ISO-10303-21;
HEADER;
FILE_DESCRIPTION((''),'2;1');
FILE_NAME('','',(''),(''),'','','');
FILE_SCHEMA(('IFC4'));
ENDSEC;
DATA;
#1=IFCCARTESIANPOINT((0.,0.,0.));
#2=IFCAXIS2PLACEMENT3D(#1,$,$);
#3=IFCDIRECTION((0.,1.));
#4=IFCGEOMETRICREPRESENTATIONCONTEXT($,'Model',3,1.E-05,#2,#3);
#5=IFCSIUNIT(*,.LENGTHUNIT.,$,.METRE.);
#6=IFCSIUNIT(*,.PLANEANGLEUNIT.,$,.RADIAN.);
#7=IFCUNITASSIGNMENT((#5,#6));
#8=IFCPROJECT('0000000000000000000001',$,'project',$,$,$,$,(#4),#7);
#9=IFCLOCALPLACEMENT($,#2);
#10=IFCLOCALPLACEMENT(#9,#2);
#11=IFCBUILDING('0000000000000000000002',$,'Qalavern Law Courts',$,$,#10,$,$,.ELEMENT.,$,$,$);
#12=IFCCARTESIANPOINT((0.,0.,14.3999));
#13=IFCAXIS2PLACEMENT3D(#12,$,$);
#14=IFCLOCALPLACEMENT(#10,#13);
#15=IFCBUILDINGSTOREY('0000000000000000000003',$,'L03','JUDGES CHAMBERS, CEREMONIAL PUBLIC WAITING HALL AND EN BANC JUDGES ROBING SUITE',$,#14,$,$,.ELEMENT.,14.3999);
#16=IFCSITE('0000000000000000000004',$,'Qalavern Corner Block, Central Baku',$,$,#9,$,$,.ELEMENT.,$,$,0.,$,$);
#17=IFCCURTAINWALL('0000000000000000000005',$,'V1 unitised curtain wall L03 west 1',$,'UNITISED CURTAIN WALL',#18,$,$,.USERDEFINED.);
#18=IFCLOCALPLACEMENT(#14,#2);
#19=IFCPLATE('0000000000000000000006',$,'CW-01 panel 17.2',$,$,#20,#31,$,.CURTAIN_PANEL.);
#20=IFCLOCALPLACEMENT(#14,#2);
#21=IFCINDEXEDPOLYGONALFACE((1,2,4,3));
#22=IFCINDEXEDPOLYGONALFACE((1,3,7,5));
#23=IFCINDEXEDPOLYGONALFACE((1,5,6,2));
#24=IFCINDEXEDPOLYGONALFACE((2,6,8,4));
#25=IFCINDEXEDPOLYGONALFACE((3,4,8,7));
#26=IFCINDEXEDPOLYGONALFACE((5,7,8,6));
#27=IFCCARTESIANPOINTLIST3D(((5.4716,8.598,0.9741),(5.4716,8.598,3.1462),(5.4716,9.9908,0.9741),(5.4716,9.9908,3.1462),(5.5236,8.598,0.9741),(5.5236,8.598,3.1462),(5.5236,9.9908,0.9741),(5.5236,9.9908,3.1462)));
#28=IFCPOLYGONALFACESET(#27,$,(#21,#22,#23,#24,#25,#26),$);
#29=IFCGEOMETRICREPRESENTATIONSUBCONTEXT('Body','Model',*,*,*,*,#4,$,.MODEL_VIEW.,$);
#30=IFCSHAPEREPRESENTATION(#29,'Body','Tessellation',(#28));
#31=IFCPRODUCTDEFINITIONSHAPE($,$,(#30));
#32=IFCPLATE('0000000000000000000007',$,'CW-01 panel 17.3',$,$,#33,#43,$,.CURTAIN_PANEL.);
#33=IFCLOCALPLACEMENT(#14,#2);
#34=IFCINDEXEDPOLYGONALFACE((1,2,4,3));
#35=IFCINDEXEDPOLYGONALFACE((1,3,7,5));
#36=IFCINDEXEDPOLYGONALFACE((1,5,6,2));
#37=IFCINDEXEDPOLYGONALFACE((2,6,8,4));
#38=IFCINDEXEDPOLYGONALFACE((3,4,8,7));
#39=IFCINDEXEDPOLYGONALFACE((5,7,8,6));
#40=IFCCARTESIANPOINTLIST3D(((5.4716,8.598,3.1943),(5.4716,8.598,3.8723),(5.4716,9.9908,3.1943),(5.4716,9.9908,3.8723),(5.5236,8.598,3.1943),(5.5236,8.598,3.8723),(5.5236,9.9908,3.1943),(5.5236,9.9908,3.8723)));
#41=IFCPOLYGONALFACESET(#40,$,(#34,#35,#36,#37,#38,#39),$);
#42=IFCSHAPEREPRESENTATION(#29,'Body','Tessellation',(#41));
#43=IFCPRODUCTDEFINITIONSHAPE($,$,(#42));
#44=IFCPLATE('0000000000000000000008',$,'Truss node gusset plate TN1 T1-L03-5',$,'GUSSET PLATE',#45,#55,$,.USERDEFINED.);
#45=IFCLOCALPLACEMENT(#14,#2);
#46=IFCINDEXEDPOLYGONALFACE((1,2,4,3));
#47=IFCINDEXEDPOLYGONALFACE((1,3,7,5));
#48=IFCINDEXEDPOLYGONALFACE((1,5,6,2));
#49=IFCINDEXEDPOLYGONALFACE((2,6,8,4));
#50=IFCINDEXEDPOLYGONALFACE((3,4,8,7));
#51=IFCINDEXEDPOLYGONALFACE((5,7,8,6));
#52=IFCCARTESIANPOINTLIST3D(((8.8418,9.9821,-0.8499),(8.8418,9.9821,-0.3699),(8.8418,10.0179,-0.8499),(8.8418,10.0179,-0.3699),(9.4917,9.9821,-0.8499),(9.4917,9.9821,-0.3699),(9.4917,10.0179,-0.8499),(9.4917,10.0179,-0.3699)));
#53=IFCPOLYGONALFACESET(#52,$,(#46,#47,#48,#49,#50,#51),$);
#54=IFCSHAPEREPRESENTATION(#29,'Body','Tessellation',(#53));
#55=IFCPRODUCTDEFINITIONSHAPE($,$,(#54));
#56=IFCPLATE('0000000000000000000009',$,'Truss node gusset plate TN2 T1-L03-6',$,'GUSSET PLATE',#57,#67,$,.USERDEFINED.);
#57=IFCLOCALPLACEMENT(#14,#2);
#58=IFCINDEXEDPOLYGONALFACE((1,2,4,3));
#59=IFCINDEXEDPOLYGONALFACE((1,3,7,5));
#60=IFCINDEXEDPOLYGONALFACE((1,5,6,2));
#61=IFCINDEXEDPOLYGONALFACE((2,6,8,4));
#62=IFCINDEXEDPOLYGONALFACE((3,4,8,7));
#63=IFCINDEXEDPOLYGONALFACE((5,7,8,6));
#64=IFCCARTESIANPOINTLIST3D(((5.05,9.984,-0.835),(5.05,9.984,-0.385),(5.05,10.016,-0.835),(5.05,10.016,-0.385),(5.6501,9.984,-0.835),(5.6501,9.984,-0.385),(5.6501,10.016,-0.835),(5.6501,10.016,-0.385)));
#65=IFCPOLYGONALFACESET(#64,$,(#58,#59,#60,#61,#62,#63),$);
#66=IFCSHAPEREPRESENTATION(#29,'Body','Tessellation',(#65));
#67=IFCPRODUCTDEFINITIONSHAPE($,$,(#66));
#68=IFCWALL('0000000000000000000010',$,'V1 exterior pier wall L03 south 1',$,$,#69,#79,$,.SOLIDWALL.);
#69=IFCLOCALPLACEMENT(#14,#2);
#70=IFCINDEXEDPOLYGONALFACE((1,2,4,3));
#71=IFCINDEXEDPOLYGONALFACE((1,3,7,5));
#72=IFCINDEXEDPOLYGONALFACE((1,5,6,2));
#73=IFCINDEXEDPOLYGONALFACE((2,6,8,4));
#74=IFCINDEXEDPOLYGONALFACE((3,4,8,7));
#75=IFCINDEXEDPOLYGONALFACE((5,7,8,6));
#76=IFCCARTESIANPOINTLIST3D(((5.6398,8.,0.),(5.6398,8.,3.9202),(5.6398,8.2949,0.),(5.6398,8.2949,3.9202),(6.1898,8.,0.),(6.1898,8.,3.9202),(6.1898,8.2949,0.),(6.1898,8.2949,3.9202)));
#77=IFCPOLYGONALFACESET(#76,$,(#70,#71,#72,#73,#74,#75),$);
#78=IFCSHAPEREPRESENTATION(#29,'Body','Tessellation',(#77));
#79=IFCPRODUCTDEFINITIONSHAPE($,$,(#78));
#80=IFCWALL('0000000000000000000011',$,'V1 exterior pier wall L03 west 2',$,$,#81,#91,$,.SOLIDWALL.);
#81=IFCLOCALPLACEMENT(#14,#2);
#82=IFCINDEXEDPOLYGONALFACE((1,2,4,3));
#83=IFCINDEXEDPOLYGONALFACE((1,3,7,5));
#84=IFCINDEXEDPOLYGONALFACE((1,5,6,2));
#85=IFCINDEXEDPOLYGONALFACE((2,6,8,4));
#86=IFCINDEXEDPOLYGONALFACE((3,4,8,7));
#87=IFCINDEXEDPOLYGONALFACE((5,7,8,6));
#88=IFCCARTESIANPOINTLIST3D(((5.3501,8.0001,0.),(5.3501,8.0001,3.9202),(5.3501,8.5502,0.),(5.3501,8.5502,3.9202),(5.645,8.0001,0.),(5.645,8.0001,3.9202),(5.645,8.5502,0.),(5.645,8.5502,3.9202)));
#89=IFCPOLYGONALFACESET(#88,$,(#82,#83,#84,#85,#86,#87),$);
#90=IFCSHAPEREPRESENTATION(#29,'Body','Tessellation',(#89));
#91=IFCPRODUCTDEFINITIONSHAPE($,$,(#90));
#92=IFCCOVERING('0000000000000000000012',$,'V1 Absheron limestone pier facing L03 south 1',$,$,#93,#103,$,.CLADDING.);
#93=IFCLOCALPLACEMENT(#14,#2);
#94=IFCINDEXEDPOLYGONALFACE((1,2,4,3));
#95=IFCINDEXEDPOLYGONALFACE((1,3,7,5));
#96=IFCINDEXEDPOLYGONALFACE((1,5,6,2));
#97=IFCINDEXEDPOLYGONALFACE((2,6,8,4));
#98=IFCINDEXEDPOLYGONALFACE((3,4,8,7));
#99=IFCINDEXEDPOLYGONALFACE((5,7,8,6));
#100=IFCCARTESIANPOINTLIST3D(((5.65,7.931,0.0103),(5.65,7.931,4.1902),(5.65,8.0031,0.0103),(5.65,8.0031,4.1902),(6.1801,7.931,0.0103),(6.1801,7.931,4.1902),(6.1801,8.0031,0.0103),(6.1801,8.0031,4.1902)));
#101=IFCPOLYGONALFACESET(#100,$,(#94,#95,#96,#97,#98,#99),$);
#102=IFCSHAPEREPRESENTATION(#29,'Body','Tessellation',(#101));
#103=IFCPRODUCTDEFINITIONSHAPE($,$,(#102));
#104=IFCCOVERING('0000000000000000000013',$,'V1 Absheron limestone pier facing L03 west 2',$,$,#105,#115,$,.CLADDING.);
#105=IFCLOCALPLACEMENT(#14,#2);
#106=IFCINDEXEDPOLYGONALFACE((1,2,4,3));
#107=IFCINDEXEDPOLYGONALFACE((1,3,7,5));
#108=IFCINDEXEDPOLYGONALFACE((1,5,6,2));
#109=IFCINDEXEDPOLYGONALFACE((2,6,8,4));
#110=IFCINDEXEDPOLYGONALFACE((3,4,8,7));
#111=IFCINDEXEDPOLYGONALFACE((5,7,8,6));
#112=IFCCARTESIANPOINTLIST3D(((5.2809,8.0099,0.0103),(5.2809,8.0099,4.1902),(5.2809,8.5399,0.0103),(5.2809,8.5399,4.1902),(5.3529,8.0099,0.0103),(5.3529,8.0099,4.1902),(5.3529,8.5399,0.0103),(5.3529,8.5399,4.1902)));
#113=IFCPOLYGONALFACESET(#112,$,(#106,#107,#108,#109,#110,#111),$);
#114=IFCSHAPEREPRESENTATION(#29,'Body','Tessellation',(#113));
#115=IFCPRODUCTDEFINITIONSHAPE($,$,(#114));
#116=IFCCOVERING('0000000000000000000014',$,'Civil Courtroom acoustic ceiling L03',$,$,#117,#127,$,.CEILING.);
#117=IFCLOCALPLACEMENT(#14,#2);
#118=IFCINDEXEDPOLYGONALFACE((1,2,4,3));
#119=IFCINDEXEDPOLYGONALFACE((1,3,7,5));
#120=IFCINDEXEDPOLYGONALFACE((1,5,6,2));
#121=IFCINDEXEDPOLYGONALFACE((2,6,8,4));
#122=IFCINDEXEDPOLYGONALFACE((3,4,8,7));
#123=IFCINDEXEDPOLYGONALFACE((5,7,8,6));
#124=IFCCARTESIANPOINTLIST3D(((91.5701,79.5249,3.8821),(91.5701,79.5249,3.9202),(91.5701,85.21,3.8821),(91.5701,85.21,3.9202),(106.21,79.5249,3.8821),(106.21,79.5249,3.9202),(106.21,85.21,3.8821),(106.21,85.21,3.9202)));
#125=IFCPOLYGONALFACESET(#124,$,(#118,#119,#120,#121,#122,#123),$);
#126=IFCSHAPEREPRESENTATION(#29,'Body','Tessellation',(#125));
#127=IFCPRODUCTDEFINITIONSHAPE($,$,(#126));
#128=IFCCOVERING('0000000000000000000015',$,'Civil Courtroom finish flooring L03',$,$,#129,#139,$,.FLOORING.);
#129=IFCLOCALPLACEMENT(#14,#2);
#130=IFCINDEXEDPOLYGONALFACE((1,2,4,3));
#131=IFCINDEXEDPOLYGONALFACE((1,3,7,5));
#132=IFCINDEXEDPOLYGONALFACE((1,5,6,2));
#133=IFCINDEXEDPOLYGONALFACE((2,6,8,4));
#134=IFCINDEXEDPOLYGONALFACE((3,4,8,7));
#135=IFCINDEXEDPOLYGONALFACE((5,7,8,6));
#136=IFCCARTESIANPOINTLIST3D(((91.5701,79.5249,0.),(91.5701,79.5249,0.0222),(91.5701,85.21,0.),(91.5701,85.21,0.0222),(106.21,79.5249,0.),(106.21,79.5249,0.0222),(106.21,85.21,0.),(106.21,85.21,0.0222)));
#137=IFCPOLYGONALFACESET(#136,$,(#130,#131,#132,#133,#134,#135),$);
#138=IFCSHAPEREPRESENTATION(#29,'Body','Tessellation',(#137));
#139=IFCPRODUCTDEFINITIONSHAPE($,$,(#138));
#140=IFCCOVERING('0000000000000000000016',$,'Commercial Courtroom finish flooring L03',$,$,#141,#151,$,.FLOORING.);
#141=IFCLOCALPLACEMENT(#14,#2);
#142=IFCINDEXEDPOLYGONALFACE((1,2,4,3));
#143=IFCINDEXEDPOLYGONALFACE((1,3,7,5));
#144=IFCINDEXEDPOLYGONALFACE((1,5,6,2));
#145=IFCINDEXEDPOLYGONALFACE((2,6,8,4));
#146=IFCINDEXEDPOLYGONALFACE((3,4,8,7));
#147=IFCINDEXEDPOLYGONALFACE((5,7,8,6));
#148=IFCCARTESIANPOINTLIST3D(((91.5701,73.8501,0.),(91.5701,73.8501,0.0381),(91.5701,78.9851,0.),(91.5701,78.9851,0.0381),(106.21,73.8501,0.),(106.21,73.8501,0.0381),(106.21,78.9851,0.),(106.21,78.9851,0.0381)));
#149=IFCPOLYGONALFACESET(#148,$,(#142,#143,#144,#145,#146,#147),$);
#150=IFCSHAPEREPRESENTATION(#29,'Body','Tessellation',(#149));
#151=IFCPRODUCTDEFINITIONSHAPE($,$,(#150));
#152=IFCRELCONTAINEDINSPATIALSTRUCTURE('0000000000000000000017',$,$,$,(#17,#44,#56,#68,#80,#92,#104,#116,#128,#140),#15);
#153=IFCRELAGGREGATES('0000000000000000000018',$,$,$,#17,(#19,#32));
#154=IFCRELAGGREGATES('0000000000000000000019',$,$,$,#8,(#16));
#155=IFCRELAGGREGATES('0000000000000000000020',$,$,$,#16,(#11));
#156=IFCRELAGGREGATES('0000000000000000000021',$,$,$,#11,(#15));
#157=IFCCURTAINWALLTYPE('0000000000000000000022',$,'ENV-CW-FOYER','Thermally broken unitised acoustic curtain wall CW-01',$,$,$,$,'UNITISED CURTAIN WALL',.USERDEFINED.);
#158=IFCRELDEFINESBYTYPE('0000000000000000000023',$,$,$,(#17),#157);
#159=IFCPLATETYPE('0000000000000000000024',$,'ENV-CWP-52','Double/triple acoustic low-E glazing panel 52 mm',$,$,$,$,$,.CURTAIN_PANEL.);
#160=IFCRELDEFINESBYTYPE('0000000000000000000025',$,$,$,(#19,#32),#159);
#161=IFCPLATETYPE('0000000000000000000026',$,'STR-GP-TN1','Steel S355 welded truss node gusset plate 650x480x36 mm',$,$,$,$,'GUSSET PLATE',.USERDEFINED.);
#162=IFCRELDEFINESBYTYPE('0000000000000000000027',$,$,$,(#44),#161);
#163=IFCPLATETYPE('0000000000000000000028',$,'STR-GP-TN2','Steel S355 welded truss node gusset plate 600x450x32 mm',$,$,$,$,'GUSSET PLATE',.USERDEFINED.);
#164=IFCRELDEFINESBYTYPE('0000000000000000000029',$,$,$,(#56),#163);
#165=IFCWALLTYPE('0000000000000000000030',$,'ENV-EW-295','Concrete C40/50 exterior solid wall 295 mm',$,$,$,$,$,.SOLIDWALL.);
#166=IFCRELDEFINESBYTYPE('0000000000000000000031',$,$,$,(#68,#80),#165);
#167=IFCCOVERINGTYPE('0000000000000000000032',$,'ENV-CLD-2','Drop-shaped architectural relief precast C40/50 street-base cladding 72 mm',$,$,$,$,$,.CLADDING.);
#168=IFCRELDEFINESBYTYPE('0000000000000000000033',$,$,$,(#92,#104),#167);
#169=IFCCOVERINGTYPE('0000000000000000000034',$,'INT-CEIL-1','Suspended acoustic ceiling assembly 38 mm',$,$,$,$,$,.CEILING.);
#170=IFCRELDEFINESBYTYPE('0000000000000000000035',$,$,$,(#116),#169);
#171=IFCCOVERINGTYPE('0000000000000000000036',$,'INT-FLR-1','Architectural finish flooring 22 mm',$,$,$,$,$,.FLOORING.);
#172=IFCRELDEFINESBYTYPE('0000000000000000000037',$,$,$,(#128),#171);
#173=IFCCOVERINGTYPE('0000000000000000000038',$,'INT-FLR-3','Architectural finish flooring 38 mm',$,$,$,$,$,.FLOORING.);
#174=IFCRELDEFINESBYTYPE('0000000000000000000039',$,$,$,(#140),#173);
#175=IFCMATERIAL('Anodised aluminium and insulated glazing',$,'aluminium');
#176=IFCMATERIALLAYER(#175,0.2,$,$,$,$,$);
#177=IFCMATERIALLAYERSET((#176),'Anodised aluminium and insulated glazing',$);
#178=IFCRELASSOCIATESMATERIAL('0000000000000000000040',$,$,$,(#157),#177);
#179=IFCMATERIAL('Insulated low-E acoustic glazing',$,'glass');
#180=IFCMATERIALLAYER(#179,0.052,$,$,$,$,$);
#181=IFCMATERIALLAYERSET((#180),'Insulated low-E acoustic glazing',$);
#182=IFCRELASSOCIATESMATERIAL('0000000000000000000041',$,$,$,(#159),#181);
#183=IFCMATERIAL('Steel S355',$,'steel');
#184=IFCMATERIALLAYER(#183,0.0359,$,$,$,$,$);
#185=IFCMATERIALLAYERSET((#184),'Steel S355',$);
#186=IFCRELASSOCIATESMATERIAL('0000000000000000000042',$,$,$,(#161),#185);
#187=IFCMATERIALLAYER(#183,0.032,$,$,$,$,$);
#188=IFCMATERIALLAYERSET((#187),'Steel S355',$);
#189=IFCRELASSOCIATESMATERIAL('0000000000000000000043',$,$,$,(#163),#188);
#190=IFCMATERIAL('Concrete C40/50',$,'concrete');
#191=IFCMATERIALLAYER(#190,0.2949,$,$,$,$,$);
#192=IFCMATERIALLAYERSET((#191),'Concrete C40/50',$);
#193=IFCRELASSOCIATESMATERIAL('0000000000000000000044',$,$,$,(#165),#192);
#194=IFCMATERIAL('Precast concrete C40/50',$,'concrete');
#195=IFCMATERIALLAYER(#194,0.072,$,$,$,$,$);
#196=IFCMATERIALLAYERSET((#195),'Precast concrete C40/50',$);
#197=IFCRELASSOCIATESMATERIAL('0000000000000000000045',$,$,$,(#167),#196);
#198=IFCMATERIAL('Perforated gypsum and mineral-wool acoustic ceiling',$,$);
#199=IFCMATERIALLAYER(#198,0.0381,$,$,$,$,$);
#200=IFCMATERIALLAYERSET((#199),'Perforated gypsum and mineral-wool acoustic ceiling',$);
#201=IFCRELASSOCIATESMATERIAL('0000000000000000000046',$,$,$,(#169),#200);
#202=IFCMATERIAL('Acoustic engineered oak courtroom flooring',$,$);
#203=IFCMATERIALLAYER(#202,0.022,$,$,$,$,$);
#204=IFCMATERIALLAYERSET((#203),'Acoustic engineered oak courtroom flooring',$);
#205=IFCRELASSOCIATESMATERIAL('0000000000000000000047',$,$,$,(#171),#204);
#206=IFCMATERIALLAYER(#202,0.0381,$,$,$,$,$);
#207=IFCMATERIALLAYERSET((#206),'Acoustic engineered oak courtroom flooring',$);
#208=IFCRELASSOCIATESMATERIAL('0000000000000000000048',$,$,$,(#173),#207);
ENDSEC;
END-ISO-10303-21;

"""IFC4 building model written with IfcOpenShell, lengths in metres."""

from ifc_helpers import new_model, si_unit, direction, frame, frame_2d, origin, origin_2d, place, context, subcontext, project, spatial, polyline, rectangle, outline, extrude, material, layer, layer_set, type_object, element, aggregate, save


model = new_model("IFC4")

# Units and contexts
model_context = context("Model", 3, precision=1e-05, world=origin(), true_north=direction((0.0, 1.0)))
body_context = subcontext(model_context, "Body", "Model", "MODEL_VIEW")
ifc_project = project(units=[si_unit("LENGTHUNIT", "METRE"), si_unit("PLANEANGLEUNIT", "RADIAN")], contexts=[model_context])

# Site, building, storey
site_placement = place(None, origin())
site = spatial("IfcSite", under=ifc_project, at=site_placement, Name="Qalavern Corner Block, Central Baku", CompositionType="ELEMENT", RefElevation=0.0)
building_placement = place(site_placement, origin())
building = spatial("IfcBuilding", under=site, at=building_placement, Name="Qalavern Law Courts", CompositionType="ELEMENT")
storey_placement = place(building_placement, frame((0.0, 0.0, 14.3999)))
storey = spatial("IfcBuildingStorey", under=building, at=storey_placement, Name="L03", Description="JUDGES CHAMBERS, CEREMONIAL PUBLIC WAITING HALL AND EN BANC JUDGES ROBING SUITE", CompositionType="ELEMENT", Elevation=14.3999)

# Shared definitions
ifc_material_1 = material(Name="Anodised aluminium and insulated glazing", Category="aluminium")
ifc_layer_1 = layer(ifc_material_1, 0.2)
ifc_layer_set_1 = layer_set([ifc_layer_1], Name="Anodised aluminium and insulated glazing")
curtain_wall_type = type_object("IfcCurtainWallType", Name="ENV-CW-FOYER", Description="Thermally broken unitised acoustic curtain wall CW-01", ElementType="UNITISED CURTAIN WALL", PredefinedType="USERDEFINED", material=ifc_layer_set_1)

# Curtain wall
curtain_wall_1_placement = place(storey_placement, origin())
curtain_wall_1 = element("IfcCurtainWall", 1, at=curtain_wall_1_placement, inside=storey, type_object=curtain_wall_type, Name="V1 unitised curtain wall L03 west 1", ObjectType="UNITISED CURTAIN WALL", PredefinedType="USERDEFINED")

# Shared definitions
ifc_material_2 = material(Name="Steel S355", Category="steel")

# Plates
ifc_material_3 = material(Name="Insulated low-E acoustic glazing", Category="glass")
ifc_layer_2 = layer(ifc_material_3, 0.052)
ifc_layer_set_2 = layer_set([ifc_layer_2], Name="Insulated low-E acoustic glazing")
plate_type_1 = type_object("IfcPlateType", Name="ENV-CWP-52", Description="Double/triple acoustic low-E glazing panel 52 mm", PredefinedType="CURTAIN_PANEL", material=ifc_layer_set_2)
plate_1_placement = place(storey_placement, frame((5.4976, 9.2944, 0.9741), z_axis=(0.0, 0.0, 1.0), x_axis=(0.0, -1.0, 0.0)))
plate_1 = element("IfcPlate", 2, at=plate_1_placement, type_object=plate_type_1, Name="CW-01 panel 17.2", PredefinedType="CURTAIN_PANEL", context=body_context, shape_type="SweptSolid", body=[
    extrude(rectangle(XDim=1.3928, YDim=0.052, at=origin_2d()), origin(), (0.0, 0.0, 1.0), 2.1721),
])
plate_2_placement = place(storey_placement, frame((5.4976, 9.2944, 3.1943), z_axis=(0.0, 0.0, 1.0), x_axis=(0.0, -1.0, 0.0)))
plate_2 = element("IfcPlate", 3, at=plate_2_placement, type_object=plate_type_1, Name="CW-01 panel 17.3", PredefinedType="CURTAIN_PANEL", context=body_context, shape_type="SweptSolid", body=[
    extrude(rectangle(XDim=1.3928, YDim=0.052, at=origin_2d()), origin(), (0.0, 0.0, 1.0), 0.678),
])
aggregate(curtain_wall_1, [plate_1, plate_2])

# Plates
ifc_layer_3 = layer(ifc_material_2, 0.0359)
ifc_layer_set_3 = layer_set([ifc_layer_3], Name="Steel S355")
plate_type_2 = type_object("IfcPlateType", Name="STR-GP-TN1", Description="Steel S355 welded truss node gusset plate 650x480x36 mm", ElementType="GUSSET PLATE", PredefinedType="USERDEFINED", material=ifc_layer_set_3)
plate_3_placement = place(storey_placement, frame((9.1667, 10.0, -0.8499), z_axis=(0.0, 0.0, 1.0), x_axis=(1.0, 0.0, 0.0)))
element("IfcPlate", 4, at=plate_3_placement, inside=storey, type_object=plate_type_2, Name="Truss node gusset plate TN1 T1-L03-5", ObjectType="GUSSET PLATE", PredefinedType="USERDEFINED", context=body_context, shape_type="SweptSolid", body=[
    extrude(rectangle(XDim=0.6499, YDim=0.0359, at=origin_2d()), origin(), (0.0, 0.0, 1.0), 0.48),
])
ifc_layer_4 = layer(ifc_material_2, 0.032)
ifc_layer_set_4 = layer_set([ifc_layer_4], Name="Steel S355")
plate_type_3 = type_object("IfcPlateType", Name="STR-GP-TN2", Description="Steel S355 welded truss node gusset plate 600x450x32 mm", ElementType="GUSSET PLATE", PredefinedType="USERDEFINED", material=ifc_layer_set_4)
plate_4_placement = place(storey_placement, frame((5.3501, 10.0, -0.835), z_axis=(0.0, 0.0, 1.0), x_axis=(1.0, 0.0, 0.0)))
element("IfcPlate", 5, at=plate_4_placement, inside=storey, type_object=plate_type_3, Name="Truss node gusset plate TN2 T1-L03-6", ObjectType="GUSSET PLATE", PredefinedType="USERDEFINED", context=body_context, shape_type="SweptSolid", body=[
    extrude(rectangle(XDim=0.6001, YDim=0.032, at=origin_2d()), origin(), (0.0, 0.0, 1.0), 0.45),
])

# Walls
ifc_material_4 = material(Name="Concrete C40/50", Category="concrete")
ifc_layer_5 = layer(ifc_material_4, 0.2949)
ifc_layer_set_5 = layer_set([ifc_layer_5], Name="Concrete C40/50")
wall_type = type_object("IfcWallType", Name="ENV-EW-295", Description="Concrete C40/50 exterior solid wall 295 mm", PredefinedType="SOLIDWALL", material=ifc_layer_set_5)
for number, where, z_axis, x_axis, name in (
    (6, (5.6399, 8.1475, 0.0), (0.0, 0.0, 1.0), (1.0, 0.0, 0.0), "V1 exterior pier wall L03 south 1"),
    (7, (5.4976, 8.55, 0.0), (0.0, 0.0, 1.0), (0.0, -1.0, 0.0), "V1 exterior pier wall L03 west 2"),
):
    element("IfcWall", number, at=place(storey_placement, frame(where, z_axis=z_axis, x_axis=x_axis)), inside=storey, type_object=wall_type, Name=name, PredefinedType="SOLIDWALL", context=body_context, shape_type="SweptSolid", body=[
        extrude(rectangle(XDim=0.55, YDim=0.2949, at=frame_2d((0.2749, 0.0))), origin(), (0.0, 0.0, 1.0), 3.9202),
    ])

# Coverings
ifc_material_5 = material(Name="Precast concrete C40/50", Category="concrete")
ifc_layer_6 = layer(ifc_material_5, 0.072)
ifc_layer_set_6 = layer_set([ifc_layer_6], Name="Precast concrete C40/50")
covering_type_1 = type_object("IfcCoveringType", Name="ENV-CLD-2", Description="Drop-shaped architectural relief precast C40/50 street-base cladding 72 mm", PredefinedType="CLADDING", material=ifc_layer_set_6)
for number, where, z_axis, x_axis, name in (
    (8, (5.915, 7.967, 0.0103), (0.0, 0.0, 1.0), (1.0, 0.0, 0.0), "V1 Absheron limestone pier facing L03 south 1"),
    (9, (5.3169, 8.2749, 0.0103), (0.0, 0.0, 1.0), (0.0, -1.0, 0.0), "V1 Absheron limestone pier facing L03 west 2"),
):
    element("IfcCovering", number, at=place(storey_placement, frame(where, z_axis=z_axis, x_axis=x_axis)), inside=storey, type_object=covering_type_1, Name=name, PredefinedType="CLADDING", context=body_context, shape_type="SweptSolid", body=[
        extrude(rectangle(XDim=0.53, YDim=0.072, at=origin_2d()), origin(), (0.0, 0.0, 1.0), 4.1799),
    ])
ifc_material_6 = material(Name="Perforated gypsum and mineral-wool acoustic ceiling")
ifc_layer_7 = layer(ifc_material_6, 0.0381)
ifc_layer_set_7 = layer_set([ifc_layer_7], Name="Perforated gypsum and mineral-wool acoustic ceiling")
covering_type_2 = type_object("IfcCoveringType", Name="INT-CEIL-1", Description="Suspended acoustic ceiling assembly 38 mm", PredefinedType="CEILING", material=ifc_layer_set_7)
covering_1_placement = place(storey_placement, frame((0.0, 0.0, 3.8821)))
element("IfcCovering", 10, at=covering_1_placement, inside=storey, type_object=covering_type_2, Name="Civil Courtroom acoustic ceiling L03", PredefinedType="CEILING", context=body_context, shape_type="SweptSolid", body=[
    extrude(outline(polyline([(91.5701, 79.5249), (106.21, 79.5249), (106.21, 85.21), (91.5701, 85.21), (91.5701, 79.5249)])), origin(), (0.0, 0.0, 1.0), 0.0381),
])
ifc_material_7 = material(Name="Acoustic engineered oak courtroom flooring")
ifc_layer_8 = layer(ifc_material_7, 0.022)
ifc_layer_set_8 = layer_set([ifc_layer_8], Name="Acoustic engineered oak courtroom flooring")
covering_type_3 = type_object("IfcCoveringType", Name="INT-FLR-1", Description="Architectural finish flooring 22 mm", PredefinedType="FLOORING", material=ifc_layer_set_8)
covering_2_placement = place(storey_placement, origin())
element("IfcCovering", 11, at=covering_2_placement, inside=storey, type_object=covering_type_3, Name="Civil Courtroom finish flooring L03", PredefinedType="FLOORING", context=body_context, shape_type="SweptSolid", body=[
    extrude(outline(polyline([(91.5701, 79.5249), (106.21, 79.5249), (106.21, 85.21), (91.5701, 85.21), (91.5701, 79.5249)])), origin(), (0.0, 0.0, 1.0), 0.0222),
])
ifc_layer_9 = layer(ifc_material_7, 0.0381)
ifc_layer_set_9 = layer_set([ifc_layer_9], Name="Acoustic engineered oak courtroom flooring")
covering_type_4 = type_object("IfcCoveringType", Name="INT-FLR-3", Description="Architectural finish flooring 38 mm", PredefinedType="FLOORING", material=ifc_layer_set_9)
covering_3_placement = place(storey_placement, origin())
element("IfcCovering", 12, at=covering_3_placement, inside=storey, type_object=covering_type_4, Name="Commercial Courtroom finish flooring L03", PredefinedType="FLOORING", context=body_context, shape_type="SweptSolid", body=[
    extrude(outline(polyline([(91.5701, 73.8501), (106.21, 73.8501), (106.21, 78.9851), (91.5701, 78.9851), (91.5701, 73.8501)])), origin(), (0.0, 0.0, 1.0), 0.0381),
])

save(model, "model.ifc")
